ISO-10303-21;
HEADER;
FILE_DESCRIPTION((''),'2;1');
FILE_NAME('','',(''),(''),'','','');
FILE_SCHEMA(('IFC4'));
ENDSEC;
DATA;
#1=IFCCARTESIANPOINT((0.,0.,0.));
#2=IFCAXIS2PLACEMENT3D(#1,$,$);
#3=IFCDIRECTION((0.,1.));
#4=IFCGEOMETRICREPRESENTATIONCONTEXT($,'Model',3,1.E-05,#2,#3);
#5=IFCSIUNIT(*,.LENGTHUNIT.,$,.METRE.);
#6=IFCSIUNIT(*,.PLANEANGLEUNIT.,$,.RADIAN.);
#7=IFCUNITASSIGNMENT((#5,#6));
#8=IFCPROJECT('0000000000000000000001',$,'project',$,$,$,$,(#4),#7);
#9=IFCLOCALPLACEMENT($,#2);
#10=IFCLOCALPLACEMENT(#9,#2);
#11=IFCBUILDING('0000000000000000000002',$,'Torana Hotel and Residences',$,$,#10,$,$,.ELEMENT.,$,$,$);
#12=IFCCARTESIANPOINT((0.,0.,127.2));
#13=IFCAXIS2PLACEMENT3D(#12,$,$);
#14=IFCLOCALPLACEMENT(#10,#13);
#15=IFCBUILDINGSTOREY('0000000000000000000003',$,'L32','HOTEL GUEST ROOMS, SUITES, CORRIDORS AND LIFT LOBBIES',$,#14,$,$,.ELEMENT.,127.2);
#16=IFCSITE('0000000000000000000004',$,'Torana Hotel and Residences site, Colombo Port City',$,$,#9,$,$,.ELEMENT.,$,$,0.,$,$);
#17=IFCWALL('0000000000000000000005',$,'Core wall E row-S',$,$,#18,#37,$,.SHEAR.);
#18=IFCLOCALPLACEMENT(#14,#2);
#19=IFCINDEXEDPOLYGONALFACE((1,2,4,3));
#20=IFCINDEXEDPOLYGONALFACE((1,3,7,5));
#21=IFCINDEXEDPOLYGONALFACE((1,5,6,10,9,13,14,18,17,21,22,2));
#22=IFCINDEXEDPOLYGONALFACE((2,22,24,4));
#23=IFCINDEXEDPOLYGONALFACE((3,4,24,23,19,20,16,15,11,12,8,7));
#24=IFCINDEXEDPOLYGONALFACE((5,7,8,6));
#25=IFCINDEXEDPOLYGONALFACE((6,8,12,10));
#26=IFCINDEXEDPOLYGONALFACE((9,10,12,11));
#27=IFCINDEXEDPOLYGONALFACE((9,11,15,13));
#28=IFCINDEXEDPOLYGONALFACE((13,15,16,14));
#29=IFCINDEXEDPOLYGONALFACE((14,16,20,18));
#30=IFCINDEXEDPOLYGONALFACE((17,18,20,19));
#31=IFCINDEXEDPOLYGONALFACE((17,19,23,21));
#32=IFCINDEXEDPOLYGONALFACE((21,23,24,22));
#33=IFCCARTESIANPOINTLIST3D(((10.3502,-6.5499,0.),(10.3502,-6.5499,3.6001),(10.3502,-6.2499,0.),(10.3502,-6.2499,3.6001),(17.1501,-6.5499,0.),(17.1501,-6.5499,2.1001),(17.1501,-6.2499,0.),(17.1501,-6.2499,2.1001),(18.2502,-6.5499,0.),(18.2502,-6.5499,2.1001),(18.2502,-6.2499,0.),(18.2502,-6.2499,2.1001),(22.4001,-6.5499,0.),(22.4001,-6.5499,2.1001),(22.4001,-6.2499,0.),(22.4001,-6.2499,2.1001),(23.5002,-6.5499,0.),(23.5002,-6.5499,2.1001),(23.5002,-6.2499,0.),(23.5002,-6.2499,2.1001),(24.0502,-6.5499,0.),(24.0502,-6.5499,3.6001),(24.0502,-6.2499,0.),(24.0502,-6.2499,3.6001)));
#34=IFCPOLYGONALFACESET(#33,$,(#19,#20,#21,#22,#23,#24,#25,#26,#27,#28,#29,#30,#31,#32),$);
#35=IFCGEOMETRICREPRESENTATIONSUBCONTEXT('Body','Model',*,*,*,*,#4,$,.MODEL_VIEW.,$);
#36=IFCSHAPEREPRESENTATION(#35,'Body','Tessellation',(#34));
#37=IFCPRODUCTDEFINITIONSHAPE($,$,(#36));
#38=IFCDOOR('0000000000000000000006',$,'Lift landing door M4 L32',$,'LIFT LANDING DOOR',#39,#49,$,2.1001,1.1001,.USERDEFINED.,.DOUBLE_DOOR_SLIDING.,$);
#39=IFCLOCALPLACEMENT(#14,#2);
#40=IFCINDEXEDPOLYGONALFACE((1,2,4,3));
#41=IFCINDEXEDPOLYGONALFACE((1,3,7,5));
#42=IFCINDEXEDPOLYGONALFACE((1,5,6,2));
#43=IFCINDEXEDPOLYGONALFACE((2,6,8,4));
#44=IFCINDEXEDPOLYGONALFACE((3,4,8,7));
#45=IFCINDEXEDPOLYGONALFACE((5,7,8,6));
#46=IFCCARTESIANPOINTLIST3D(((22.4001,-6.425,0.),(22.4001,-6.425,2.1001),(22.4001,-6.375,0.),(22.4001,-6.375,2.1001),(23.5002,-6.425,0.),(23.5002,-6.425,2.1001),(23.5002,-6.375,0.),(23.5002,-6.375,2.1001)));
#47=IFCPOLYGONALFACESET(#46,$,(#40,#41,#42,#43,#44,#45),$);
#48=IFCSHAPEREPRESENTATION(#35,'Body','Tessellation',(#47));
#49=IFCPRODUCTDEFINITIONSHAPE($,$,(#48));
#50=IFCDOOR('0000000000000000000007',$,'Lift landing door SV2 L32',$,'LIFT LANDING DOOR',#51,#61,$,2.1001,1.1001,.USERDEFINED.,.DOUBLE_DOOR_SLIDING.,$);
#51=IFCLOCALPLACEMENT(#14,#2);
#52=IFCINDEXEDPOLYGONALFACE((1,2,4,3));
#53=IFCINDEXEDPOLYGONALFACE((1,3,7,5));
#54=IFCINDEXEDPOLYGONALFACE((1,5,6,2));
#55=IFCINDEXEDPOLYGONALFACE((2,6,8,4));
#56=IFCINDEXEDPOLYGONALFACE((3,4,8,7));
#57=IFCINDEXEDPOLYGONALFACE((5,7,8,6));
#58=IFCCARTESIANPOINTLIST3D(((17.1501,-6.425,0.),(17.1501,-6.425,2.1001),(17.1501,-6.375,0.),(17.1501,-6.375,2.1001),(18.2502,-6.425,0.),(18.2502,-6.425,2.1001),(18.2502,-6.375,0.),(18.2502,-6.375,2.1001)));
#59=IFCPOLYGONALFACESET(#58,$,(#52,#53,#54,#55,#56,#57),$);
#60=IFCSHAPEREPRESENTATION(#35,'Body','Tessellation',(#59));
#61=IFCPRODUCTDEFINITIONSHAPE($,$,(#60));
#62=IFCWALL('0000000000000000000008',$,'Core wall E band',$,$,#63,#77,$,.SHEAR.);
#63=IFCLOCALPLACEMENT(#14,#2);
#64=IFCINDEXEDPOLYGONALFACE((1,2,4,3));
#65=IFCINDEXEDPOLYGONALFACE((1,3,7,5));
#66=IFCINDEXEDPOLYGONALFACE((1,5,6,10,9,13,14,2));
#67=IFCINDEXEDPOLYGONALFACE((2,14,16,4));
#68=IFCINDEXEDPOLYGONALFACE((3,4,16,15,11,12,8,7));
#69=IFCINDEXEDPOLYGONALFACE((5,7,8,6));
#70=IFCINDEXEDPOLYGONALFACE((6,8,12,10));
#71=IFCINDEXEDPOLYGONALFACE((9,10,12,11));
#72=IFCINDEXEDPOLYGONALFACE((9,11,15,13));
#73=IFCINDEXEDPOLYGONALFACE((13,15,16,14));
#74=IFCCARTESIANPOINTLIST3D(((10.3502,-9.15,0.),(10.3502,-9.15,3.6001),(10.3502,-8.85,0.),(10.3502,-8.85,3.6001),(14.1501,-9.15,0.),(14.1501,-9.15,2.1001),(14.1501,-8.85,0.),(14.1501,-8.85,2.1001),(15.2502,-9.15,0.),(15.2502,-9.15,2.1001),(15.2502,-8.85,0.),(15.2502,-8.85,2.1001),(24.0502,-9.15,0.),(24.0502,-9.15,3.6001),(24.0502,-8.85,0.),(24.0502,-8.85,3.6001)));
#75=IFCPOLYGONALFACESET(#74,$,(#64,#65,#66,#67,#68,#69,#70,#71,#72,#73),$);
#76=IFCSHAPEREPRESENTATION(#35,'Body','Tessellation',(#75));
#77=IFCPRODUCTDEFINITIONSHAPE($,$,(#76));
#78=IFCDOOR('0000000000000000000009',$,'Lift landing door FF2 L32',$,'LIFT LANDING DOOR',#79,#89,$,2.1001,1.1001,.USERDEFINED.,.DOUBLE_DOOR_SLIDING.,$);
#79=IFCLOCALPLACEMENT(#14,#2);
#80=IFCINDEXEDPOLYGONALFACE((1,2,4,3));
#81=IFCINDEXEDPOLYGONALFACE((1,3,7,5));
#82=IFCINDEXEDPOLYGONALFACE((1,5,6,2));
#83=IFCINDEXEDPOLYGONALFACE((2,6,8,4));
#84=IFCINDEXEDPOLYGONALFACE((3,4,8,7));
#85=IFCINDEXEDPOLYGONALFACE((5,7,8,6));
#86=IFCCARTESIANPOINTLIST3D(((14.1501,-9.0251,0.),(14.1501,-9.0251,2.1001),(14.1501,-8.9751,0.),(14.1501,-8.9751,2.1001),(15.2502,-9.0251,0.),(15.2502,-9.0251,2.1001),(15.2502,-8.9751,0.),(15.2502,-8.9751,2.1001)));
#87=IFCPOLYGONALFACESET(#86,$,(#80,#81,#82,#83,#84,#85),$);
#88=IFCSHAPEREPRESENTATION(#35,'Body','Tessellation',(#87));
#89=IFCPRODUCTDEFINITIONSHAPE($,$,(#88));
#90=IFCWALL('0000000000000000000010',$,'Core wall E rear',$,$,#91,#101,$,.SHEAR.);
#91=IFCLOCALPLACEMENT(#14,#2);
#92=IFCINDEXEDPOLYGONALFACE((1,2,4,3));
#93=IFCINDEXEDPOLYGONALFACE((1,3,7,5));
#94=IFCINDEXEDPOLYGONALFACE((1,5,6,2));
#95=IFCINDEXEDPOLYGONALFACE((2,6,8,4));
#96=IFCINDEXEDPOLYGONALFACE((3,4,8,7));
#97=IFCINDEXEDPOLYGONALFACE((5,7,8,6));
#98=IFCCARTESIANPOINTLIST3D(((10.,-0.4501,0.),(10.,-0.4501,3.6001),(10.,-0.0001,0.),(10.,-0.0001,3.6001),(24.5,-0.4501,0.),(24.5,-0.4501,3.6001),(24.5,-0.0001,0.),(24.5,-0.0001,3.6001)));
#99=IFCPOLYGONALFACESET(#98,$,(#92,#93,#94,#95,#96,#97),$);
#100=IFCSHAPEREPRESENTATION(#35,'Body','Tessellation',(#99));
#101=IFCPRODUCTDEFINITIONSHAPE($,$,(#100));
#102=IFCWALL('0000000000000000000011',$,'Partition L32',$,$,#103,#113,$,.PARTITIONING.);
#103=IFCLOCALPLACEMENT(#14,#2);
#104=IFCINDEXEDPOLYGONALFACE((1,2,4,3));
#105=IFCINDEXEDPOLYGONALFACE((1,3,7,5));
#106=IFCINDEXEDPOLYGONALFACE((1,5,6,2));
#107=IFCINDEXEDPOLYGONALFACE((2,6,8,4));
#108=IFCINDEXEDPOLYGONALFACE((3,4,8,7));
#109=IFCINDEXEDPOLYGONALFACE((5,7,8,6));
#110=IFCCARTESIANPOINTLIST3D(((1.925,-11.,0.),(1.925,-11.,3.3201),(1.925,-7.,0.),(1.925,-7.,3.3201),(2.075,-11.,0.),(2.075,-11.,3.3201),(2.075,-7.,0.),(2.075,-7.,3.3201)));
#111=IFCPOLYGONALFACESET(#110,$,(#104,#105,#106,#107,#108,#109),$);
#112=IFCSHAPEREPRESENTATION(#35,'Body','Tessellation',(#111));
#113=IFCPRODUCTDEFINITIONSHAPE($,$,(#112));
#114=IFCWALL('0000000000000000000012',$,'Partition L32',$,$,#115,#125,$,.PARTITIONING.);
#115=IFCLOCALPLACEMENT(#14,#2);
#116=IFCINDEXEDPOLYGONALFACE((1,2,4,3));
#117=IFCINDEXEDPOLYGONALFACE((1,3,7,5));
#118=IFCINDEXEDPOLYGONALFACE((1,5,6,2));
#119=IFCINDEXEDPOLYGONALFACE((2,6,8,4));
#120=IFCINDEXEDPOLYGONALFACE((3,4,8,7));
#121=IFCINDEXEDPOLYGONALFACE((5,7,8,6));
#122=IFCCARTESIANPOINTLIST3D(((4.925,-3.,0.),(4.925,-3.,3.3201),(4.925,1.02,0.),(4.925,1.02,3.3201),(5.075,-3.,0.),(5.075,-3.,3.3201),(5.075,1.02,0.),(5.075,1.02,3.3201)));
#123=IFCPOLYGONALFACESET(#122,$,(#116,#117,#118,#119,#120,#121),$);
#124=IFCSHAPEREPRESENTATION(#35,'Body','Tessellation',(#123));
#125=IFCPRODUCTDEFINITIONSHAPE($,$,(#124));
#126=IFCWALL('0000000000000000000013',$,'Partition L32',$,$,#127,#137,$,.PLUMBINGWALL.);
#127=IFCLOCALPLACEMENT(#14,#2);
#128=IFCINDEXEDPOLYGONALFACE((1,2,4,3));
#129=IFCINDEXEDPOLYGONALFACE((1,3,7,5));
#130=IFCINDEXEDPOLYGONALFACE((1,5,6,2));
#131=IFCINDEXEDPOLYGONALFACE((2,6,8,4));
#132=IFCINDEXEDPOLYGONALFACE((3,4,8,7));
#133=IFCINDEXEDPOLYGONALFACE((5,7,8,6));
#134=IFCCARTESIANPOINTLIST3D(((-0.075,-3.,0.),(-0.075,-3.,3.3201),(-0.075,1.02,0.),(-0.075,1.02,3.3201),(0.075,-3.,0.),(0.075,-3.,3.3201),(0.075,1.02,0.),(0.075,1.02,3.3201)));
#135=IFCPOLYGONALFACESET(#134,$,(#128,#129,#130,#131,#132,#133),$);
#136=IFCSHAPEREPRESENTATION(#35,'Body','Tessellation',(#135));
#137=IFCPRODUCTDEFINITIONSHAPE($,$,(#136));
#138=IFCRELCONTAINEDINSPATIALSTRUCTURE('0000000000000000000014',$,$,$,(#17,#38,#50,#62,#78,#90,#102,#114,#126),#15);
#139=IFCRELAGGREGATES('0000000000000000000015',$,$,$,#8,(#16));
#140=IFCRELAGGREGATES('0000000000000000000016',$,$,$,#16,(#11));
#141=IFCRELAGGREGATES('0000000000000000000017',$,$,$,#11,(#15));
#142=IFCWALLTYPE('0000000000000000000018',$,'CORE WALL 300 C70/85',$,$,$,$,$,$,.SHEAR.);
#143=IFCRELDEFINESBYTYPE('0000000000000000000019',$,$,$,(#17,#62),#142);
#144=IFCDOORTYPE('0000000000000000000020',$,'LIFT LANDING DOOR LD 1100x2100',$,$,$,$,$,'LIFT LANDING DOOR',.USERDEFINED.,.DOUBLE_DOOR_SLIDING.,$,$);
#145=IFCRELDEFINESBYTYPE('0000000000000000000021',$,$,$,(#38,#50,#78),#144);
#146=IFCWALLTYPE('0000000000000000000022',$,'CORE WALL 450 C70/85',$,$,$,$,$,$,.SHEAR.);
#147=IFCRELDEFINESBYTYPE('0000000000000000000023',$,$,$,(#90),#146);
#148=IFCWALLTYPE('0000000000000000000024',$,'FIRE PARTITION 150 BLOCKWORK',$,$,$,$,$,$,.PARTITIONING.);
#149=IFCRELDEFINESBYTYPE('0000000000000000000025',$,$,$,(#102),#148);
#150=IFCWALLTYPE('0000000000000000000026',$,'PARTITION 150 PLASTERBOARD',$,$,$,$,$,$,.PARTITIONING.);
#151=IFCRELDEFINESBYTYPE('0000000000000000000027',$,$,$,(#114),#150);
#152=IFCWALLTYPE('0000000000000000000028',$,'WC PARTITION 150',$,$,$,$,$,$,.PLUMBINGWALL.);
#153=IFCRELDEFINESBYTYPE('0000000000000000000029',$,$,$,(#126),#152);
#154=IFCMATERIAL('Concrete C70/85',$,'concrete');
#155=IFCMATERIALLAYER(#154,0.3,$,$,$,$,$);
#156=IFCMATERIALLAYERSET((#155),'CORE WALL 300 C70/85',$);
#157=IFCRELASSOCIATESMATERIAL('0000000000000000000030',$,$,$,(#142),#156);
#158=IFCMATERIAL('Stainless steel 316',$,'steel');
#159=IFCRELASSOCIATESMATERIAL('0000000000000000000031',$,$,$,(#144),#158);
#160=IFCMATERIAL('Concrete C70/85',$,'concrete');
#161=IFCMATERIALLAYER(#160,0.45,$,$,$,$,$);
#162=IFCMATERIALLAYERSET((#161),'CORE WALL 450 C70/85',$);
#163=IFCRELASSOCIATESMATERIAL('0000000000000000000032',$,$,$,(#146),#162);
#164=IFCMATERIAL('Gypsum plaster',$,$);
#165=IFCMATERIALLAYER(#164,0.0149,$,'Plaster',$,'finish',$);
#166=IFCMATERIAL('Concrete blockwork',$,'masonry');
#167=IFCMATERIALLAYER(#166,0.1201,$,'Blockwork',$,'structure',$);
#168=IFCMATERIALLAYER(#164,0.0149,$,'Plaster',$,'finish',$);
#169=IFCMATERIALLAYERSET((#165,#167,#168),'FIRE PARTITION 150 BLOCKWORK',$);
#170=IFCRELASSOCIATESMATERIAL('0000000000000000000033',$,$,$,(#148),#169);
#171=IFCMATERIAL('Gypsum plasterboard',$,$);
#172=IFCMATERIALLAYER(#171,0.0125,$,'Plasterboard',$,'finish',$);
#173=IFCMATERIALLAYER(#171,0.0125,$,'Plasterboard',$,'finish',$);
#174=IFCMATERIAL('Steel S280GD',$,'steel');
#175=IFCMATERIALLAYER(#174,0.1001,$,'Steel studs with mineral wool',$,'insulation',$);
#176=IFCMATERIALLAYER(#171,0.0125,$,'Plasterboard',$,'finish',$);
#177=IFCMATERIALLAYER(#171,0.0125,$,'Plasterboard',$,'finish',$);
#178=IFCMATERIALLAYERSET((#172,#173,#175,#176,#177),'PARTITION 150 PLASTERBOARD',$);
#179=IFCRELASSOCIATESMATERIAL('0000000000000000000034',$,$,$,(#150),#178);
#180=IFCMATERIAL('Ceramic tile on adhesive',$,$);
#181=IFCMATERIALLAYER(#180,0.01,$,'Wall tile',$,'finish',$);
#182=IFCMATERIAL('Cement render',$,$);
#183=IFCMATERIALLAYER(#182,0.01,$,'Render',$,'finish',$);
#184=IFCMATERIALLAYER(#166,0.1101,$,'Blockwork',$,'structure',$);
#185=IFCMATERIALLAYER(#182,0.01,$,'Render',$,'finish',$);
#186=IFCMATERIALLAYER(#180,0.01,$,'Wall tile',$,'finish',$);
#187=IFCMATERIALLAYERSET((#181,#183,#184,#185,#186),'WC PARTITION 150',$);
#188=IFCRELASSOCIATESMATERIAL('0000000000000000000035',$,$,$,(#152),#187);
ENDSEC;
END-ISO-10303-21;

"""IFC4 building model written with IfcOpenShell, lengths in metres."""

from ifc_helpers import new_model, si_unit, direction, frame, frame_2d, origin, place, context, subcontext, project, spatial, rectangle, extrude, material, layer, layer_set, type_object, element, fill, save


model = new_model("IFC4")

# Units and contexts
model_context = context("Model", 3, precision=1e-05, world=origin(), true_north=direction((0.0, 1.0)))
body_context = subcontext(model_context, "Body", "Model", "MODEL_VIEW")
ifc_project = project(units=[si_unit("LENGTHUNIT", "METRE"), si_unit("PLANEANGLEUNIT", "RADIAN")], contexts=[model_context])

# Site, building, storey
site_placement = place(None, origin())
site = spatial("IfcSite", under=ifc_project, at=site_placement, Name="Torana Hotel and Residences site, Colombo Port City", CompositionType="ELEMENT", RefElevation=0.0)
building_placement = place(site_placement, origin())
building = spatial("IfcBuilding", under=site, at=building_placement, Name="Torana Hotel and Residences", CompositionType="ELEMENT")
storey_placement = place(building_placement, frame((0.0, 0.0, 127.2)))
storey = spatial("IfcBuildingStorey", under=building, at=storey_placement, Name="L32", Description="HOTEL GUEST ROOMS, SUITES, CORRIDORS AND LIFT LOBBIES", CompositionType="ELEMENT", Elevation=127.2)

# Wall, openings, doors
ifc_material_1 = material(Name="Concrete C70/85", Category="concrete")
ifc_layer_1 = layer(ifc_material_1, 0.3)
ifc_layer_set_1 = layer_set([ifc_layer_1], Name="CORE WALL 300 C70/85")
wall_type_1 = type_object("IfcWallType", Name="CORE WALL 300 C70/85", PredefinedType="SHEAR", material=ifc_layer_set_1)
ifc_material_2 = material(Name="Stainless steel 316", Category="steel")
door_type_1 = type_object("IfcDoorType", Name="LIFT LANDING DOOR LD 1100x2100", ElementType="LIFT LANDING DOOR", OperationType="DOUBLE_DOOR_SLIDING", PredefinedType="USERDEFINED", material=ifc_material_2)
wall_1_placement = place(storey_placement, frame((10.3501, -6.3999, 0.0), z_axis=(0.0, 0.0, 1.0), x_axis=(1.0, 0.0, 0.0)))
wall_1 = element("IfcWall", 1, at=wall_1_placement, inside=storey, type_object=wall_type_1, Name="Core wall E row-S", PredefinedType="SHEAR", context=body_context, shape_type="SweptSolid", body=[
    extrude(rectangle(XDim=13.7, YDim=0.3, at=frame_2d((6.8501, 0.0))), origin(), (0.0, 0.0, 1.0), 3.6001),
])
opening_1_placement = place(wall_1_placement, frame((12.05, 0.0, 0.0)))
opening_1 = element("IfcOpeningElement", 2, at=opening_1_placement, cuts=wall_1, PredefinedType="OPENING", context=body_context, shape_type="SweptSolid", body=[
    extrude(rectangle(XDim=1.1001, YDim=2.1001, at=frame_2d((0.55, 1.05))), frame((0.0, 0.1599, 0.0), z_axis=(0.0, -1.0, 0.0), x_axis=(1.0, 0.0, 0.0)), (0.0, 0.0, 1.0), 0.3201),
])
opening_2_placement = place(wall_1_placement, frame((6.8, 0.0, 0.0)))
opening_2 = element("IfcOpeningElement", 3, at=opening_2_placement, cuts=wall_1, PredefinedType="OPENING", context=body_context, shape_type="SweptSolid", body=[
    extrude(rectangle(XDim=1.1001, YDim=2.1001, at=frame_2d((0.55, 1.05))), frame((0.0, 0.1599, 0.0), z_axis=(0.0, -1.0, 0.0), x_axis=(1.0, 0.0, 0.0)), (0.0, 0.0, 1.0), 0.3201),
])
door_1_placement = place(opening_1_placement, origin())
door_1 = element("IfcDoor", 4, at=door_1_placement, inside=storey, type_object=door_type_1, Name="Lift landing door M4 L32", ObjectType="LIFT LANDING DOOR", OperationType="DOUBLE_DOOR_SLIDING", OverallHeight=2.1001, OverallWidth=1.1001, PredefinedType="USERDEFINED", context=body_context, shape_type="SweptSolid", body=[
    extrude(rectangle(XDim=1.1001, YDim=2.1001, at=frame_2d((0.55, 1.05))), frame((0.0, 0.0249, 0.0), z_axis=(0.0, -1.0, 0.0), x_axis=(1.0, 0.0, 0.0)), (0.0, 0.0, 1.0), 0.05),
])
fill(opening_1, door_1)
door_2_placement = place(opening_2_placement, origin())
door_2 = element("IfcDoor", 5, at=door_2_placement, inside=storey, type_object=door_type_1, Name="Lift landing door SV2 L32", ObjectType="LIFT LANDING DOOR", OperationType="DOUBLE_DOOR_SLIDING", OverallHeight=2.1001, OverallWidth=1.1001, PredefinedType="USERDEFINED", context=body_context, shape_type="SweptSolid", body=[
    extrude(rectangle(XDim=1.1001, YDim=2.1001, at=frame_2d((0.55, 1.05))), frame((0.0, 0.0249, 0.0), z_axis=(0.0, -1.0, 0.0), x_axis=(1.0, 0.0, 0.0)), (0.0, 0.0, 1.0), 0.05),
])
fill(opening_2, door_2)

# Wall, opening, door
wall_2_placement = place(storey_placement, frame((10.3501, -9.0, 0.0), z_axis=(0.0, 0.0, 1.0), x_axis=(1.0, 0.0, 0.0)))
wall_2 = element("IfcWall", 6, at=wall_2_placement, inside=storey, type_object=wall_type_1, Name="Core wall E band", PredefinedType="SHEAR", context=body_context, shape_type="SweptSolid", body=[
    extrude(rectangle(XDim=13.7, YDim=0.3, at=frame_2d((6.8501, 0.0))), origin(), (0.0, 0.0, 1.0), 3.6001),
])
opening_3_placement = place(wall_2_placement, frame((3.8, 0.0, 0.0)))
opening_3 = element("IfcOpeningElement", 7, at=opening_3_placement, cuts=wall_2, PredefinedType="OPENING", context=body_context, shape_type="SweptSolid", body=[
    extrude(rectangle(XDim=1.1001, YDim=2.1001, at=frame_2d((0.55, 1.05))), frame((0.0, 0.1599, 0.0), z_axis=(0.0, -1.0, 0.0), x_axis=(1.0, 0.0, 0.0)), (0.0, 0.0, 1.0), 0.3201),
])
door_3_placement = place(opening_3_placement, origin())
door_3 = element("IfcDoor", 8, at=door_3_placement, inside=storey, type_object=door_type_1, Name="Lift landing door FF2 L32", ObjectType="LIFT LANDING DOOR", OperationType="DOUBLE_DOOR_SLIDING", OverallHeight=2.1001, OverallWidth=1.1001, PredefinedType="USERDEFINED", context=body_context, shape_type="SweptSolid", body=[
    extrude(rectangle(XDim=1.1001, YDim=2.1001, at=frame_2d((0.55, 1.05))), frame((0.0, 0.0249, 0.0), z_axis=(0.0, -1.0, 0.0), x_axis=(1.0, 0.0, 0.0)), (0.0, 0.0, 1.0), 0.05),
])
fill(opening_3, door_3)

# Walls
ifc_material_3 = material(Name="Concrete C70/85", Category="concrete")
ifc_layer_2 = layer(ifc_material_3, 0.45)
ifc_layer_set_2 = layer_set([ifc_layer_2], Name="CORE WALL 450 C70/85")
wall_type_2 = type_object("IfcWallType", Name="CORE WALL 450 C70/85", PredefinedType="SHEAR", material=ifc_layer_set_2)
wall_3_placement = place(storey_placement, frame((10.0, -0.2251, 0.0), z_axis=(0.0, 0.0, 1.0), x_axis=(1.0, 0.0, 0.0)))
element("IfcWall", 9, at=wall_3_placement, inside=storey, type_object=wall_type_2, Name="Core wall E rear", PredefinedType="SHEAR", context=body_context, shape_type="SweptSolid", body=[
    extrude(rectangle(XDim=14.5, YDim=0.45, at=frame_2d((7.25, 0.0))), origin(), (0.0, 0.0, 1.0), 3.6001),
])
ifc_material_4 = material(Name="Gypsum plaster")
ifc_layer_3 = layer(ifc_material_4, 0.0149, Name="Plaster", Category="finish")
ifc_material_5 = material(Name="Concrete blockwork", Category="masonry")
ifc_layer_4 = layer(ifc_material_5, 0.1201, Name="Blockwork", Category="structure")
ifc_layer_5 = layer(ifc_material_4, 0.0149, Name="Plaster", Category="finish")
ifc_layer_set_3 = layer_set([ifc_layer_3, ifc_layer_4, ifc_layer_5], Name="FIRE PARTITION 150 BLOCKWORK")
wall_type_3 = type_object("IfcWallType", Name="FIRE PARTITION 150 BLOCKWORK", PredefinedType="PARTITIONING", material=ifc_layer_set_3)
wall_4_placement = place(storey_placement, frame((2.0, -11.0, 0.0), z_axis=(0.0, 0.0, 1.0), x_axis=(0.0, 1.0, 0.0)))
element("IfcWall", 10, at=wall_4_placement, inside=storey, type_object=wall_type_3, Name="Partition L32", PredefinedType="PARTITIONING", context=body_context, shape_type="SweptSolid", body=[
    extrude(rectangle(XDim=4.0, YDim=0.1499, at=frame_2d((2.0, 0.0))), origin(), (0.0, 0.0, 1.0), 3.3201),
])
ifc_material_6 = material(Name="Gypsum plasterboard")
ifc_layer_6 = layer(ifc_material_6, 0.0125, Name="Plasterboard", Category="finish")
ifc_layer_7 = layer(ifc_material_6, 0.0125, Name="Plasterboard", Category="finish")
ifc_material_7 = material(Name="Steel S280GD", Category="steel")
ifc_layer_8 = layer(ifc_material_7, 0.1001, Name="Steel studs with mineral wool", Category="insulation")
ifc_layer_9 = layer(ifc_material_6, 0.0125, Name="Plasterboard", Category="finish")
ifc_layer_10 = layer(ifc_material_6, 0.0125, Name="Plasterboard", Category="finish")
ifc_layer_set_4 = layer_set([ifc_layer_6, ifc_layer_7, ifc_layer_8, ifc_layer_9, ifc_layer_10], Name="PARTITION 150 PLASTERBOARD")
wall_type_4 = type_object("IfcWallType", Name="PARTITION 150 PLASTERBOARD", PredefinedType="PARTITIONING", material=ifc_layer_set_4)
wall_5_placement = place(storey_placement, frame((5.0, -3.0, 0.0), z_axis=(0.0, 0.0, 1.0), x_axis=(0.0, 1.0, 0.0)))
element("IfcWall", 11, at=wall_5_placement, inside=storey, type_object=wall_type_4, Name="Partition L32", PredefinedType="PARTITIONING", context=body_context, shape_type="SweptSolid", body=[
    extrude(rectangle(XDim=4.02, YDim=0.1499, at=frame_2d((2.01, 0.0))), origin(), (0.0, 0.0, 1.0), 3.3201),
])
ifc_material_8 = material(Name="Ceramic tile on adhesive")
ifc_layer_11 = layer(ifc_material_8, 0.01, Name="Wall tile", Category="finish")
ifc_material_9 = material(Name="Cement render")
ifc_layer_12 = layer(ifc_material_9, 0.01, Name="Render", Category="finish")
ifc_layer_13 = layer(ifc_material_5, 0.1101, Name="Blockwork", Category="structure")
ifc_layer_14 = layer(ifc_material_9, 0.01, Name="Render", Category="finish")
ifc_layer_15 = layer(ifc_material_8, 0.01, Name="Wall tile", Category="finish")
ifc_layer_set_5 = layer_set([ifc_layer_11, ifc_layer_12, ifc_layer_13, ifc_layer_14, ifc_layer_15], Name="WC PARTITION 150")
wall_type_5 = type_object("IfcWallType", Name="WC PARTITION 150", PredefinedType="PLUMBINGWALL", material=ifc_layer_set_5)
wall_6_placement = place(storey_placement, frame((0.0, -3.0, 0.0), z_axis=(0.0, 0.0, 1.0), x_axis=(0.0, 1.0, 0.0)))
element("IfcWall", 12, at=wall_6_placement, inside=storey, type_object=wall_type_5, Name="Partition L32", PredefinedType="PLUMBINGWALL", context=body_context, shape_type="SweptSolid", body=[
    extrude(rectangle(XDim=4.02, YDim=0.1499, at=frame_2d((2.01, 0.0))), origin(), (0.0, 0.0, 1.0), 3.3201),
])

save(model, "model.ifc")
